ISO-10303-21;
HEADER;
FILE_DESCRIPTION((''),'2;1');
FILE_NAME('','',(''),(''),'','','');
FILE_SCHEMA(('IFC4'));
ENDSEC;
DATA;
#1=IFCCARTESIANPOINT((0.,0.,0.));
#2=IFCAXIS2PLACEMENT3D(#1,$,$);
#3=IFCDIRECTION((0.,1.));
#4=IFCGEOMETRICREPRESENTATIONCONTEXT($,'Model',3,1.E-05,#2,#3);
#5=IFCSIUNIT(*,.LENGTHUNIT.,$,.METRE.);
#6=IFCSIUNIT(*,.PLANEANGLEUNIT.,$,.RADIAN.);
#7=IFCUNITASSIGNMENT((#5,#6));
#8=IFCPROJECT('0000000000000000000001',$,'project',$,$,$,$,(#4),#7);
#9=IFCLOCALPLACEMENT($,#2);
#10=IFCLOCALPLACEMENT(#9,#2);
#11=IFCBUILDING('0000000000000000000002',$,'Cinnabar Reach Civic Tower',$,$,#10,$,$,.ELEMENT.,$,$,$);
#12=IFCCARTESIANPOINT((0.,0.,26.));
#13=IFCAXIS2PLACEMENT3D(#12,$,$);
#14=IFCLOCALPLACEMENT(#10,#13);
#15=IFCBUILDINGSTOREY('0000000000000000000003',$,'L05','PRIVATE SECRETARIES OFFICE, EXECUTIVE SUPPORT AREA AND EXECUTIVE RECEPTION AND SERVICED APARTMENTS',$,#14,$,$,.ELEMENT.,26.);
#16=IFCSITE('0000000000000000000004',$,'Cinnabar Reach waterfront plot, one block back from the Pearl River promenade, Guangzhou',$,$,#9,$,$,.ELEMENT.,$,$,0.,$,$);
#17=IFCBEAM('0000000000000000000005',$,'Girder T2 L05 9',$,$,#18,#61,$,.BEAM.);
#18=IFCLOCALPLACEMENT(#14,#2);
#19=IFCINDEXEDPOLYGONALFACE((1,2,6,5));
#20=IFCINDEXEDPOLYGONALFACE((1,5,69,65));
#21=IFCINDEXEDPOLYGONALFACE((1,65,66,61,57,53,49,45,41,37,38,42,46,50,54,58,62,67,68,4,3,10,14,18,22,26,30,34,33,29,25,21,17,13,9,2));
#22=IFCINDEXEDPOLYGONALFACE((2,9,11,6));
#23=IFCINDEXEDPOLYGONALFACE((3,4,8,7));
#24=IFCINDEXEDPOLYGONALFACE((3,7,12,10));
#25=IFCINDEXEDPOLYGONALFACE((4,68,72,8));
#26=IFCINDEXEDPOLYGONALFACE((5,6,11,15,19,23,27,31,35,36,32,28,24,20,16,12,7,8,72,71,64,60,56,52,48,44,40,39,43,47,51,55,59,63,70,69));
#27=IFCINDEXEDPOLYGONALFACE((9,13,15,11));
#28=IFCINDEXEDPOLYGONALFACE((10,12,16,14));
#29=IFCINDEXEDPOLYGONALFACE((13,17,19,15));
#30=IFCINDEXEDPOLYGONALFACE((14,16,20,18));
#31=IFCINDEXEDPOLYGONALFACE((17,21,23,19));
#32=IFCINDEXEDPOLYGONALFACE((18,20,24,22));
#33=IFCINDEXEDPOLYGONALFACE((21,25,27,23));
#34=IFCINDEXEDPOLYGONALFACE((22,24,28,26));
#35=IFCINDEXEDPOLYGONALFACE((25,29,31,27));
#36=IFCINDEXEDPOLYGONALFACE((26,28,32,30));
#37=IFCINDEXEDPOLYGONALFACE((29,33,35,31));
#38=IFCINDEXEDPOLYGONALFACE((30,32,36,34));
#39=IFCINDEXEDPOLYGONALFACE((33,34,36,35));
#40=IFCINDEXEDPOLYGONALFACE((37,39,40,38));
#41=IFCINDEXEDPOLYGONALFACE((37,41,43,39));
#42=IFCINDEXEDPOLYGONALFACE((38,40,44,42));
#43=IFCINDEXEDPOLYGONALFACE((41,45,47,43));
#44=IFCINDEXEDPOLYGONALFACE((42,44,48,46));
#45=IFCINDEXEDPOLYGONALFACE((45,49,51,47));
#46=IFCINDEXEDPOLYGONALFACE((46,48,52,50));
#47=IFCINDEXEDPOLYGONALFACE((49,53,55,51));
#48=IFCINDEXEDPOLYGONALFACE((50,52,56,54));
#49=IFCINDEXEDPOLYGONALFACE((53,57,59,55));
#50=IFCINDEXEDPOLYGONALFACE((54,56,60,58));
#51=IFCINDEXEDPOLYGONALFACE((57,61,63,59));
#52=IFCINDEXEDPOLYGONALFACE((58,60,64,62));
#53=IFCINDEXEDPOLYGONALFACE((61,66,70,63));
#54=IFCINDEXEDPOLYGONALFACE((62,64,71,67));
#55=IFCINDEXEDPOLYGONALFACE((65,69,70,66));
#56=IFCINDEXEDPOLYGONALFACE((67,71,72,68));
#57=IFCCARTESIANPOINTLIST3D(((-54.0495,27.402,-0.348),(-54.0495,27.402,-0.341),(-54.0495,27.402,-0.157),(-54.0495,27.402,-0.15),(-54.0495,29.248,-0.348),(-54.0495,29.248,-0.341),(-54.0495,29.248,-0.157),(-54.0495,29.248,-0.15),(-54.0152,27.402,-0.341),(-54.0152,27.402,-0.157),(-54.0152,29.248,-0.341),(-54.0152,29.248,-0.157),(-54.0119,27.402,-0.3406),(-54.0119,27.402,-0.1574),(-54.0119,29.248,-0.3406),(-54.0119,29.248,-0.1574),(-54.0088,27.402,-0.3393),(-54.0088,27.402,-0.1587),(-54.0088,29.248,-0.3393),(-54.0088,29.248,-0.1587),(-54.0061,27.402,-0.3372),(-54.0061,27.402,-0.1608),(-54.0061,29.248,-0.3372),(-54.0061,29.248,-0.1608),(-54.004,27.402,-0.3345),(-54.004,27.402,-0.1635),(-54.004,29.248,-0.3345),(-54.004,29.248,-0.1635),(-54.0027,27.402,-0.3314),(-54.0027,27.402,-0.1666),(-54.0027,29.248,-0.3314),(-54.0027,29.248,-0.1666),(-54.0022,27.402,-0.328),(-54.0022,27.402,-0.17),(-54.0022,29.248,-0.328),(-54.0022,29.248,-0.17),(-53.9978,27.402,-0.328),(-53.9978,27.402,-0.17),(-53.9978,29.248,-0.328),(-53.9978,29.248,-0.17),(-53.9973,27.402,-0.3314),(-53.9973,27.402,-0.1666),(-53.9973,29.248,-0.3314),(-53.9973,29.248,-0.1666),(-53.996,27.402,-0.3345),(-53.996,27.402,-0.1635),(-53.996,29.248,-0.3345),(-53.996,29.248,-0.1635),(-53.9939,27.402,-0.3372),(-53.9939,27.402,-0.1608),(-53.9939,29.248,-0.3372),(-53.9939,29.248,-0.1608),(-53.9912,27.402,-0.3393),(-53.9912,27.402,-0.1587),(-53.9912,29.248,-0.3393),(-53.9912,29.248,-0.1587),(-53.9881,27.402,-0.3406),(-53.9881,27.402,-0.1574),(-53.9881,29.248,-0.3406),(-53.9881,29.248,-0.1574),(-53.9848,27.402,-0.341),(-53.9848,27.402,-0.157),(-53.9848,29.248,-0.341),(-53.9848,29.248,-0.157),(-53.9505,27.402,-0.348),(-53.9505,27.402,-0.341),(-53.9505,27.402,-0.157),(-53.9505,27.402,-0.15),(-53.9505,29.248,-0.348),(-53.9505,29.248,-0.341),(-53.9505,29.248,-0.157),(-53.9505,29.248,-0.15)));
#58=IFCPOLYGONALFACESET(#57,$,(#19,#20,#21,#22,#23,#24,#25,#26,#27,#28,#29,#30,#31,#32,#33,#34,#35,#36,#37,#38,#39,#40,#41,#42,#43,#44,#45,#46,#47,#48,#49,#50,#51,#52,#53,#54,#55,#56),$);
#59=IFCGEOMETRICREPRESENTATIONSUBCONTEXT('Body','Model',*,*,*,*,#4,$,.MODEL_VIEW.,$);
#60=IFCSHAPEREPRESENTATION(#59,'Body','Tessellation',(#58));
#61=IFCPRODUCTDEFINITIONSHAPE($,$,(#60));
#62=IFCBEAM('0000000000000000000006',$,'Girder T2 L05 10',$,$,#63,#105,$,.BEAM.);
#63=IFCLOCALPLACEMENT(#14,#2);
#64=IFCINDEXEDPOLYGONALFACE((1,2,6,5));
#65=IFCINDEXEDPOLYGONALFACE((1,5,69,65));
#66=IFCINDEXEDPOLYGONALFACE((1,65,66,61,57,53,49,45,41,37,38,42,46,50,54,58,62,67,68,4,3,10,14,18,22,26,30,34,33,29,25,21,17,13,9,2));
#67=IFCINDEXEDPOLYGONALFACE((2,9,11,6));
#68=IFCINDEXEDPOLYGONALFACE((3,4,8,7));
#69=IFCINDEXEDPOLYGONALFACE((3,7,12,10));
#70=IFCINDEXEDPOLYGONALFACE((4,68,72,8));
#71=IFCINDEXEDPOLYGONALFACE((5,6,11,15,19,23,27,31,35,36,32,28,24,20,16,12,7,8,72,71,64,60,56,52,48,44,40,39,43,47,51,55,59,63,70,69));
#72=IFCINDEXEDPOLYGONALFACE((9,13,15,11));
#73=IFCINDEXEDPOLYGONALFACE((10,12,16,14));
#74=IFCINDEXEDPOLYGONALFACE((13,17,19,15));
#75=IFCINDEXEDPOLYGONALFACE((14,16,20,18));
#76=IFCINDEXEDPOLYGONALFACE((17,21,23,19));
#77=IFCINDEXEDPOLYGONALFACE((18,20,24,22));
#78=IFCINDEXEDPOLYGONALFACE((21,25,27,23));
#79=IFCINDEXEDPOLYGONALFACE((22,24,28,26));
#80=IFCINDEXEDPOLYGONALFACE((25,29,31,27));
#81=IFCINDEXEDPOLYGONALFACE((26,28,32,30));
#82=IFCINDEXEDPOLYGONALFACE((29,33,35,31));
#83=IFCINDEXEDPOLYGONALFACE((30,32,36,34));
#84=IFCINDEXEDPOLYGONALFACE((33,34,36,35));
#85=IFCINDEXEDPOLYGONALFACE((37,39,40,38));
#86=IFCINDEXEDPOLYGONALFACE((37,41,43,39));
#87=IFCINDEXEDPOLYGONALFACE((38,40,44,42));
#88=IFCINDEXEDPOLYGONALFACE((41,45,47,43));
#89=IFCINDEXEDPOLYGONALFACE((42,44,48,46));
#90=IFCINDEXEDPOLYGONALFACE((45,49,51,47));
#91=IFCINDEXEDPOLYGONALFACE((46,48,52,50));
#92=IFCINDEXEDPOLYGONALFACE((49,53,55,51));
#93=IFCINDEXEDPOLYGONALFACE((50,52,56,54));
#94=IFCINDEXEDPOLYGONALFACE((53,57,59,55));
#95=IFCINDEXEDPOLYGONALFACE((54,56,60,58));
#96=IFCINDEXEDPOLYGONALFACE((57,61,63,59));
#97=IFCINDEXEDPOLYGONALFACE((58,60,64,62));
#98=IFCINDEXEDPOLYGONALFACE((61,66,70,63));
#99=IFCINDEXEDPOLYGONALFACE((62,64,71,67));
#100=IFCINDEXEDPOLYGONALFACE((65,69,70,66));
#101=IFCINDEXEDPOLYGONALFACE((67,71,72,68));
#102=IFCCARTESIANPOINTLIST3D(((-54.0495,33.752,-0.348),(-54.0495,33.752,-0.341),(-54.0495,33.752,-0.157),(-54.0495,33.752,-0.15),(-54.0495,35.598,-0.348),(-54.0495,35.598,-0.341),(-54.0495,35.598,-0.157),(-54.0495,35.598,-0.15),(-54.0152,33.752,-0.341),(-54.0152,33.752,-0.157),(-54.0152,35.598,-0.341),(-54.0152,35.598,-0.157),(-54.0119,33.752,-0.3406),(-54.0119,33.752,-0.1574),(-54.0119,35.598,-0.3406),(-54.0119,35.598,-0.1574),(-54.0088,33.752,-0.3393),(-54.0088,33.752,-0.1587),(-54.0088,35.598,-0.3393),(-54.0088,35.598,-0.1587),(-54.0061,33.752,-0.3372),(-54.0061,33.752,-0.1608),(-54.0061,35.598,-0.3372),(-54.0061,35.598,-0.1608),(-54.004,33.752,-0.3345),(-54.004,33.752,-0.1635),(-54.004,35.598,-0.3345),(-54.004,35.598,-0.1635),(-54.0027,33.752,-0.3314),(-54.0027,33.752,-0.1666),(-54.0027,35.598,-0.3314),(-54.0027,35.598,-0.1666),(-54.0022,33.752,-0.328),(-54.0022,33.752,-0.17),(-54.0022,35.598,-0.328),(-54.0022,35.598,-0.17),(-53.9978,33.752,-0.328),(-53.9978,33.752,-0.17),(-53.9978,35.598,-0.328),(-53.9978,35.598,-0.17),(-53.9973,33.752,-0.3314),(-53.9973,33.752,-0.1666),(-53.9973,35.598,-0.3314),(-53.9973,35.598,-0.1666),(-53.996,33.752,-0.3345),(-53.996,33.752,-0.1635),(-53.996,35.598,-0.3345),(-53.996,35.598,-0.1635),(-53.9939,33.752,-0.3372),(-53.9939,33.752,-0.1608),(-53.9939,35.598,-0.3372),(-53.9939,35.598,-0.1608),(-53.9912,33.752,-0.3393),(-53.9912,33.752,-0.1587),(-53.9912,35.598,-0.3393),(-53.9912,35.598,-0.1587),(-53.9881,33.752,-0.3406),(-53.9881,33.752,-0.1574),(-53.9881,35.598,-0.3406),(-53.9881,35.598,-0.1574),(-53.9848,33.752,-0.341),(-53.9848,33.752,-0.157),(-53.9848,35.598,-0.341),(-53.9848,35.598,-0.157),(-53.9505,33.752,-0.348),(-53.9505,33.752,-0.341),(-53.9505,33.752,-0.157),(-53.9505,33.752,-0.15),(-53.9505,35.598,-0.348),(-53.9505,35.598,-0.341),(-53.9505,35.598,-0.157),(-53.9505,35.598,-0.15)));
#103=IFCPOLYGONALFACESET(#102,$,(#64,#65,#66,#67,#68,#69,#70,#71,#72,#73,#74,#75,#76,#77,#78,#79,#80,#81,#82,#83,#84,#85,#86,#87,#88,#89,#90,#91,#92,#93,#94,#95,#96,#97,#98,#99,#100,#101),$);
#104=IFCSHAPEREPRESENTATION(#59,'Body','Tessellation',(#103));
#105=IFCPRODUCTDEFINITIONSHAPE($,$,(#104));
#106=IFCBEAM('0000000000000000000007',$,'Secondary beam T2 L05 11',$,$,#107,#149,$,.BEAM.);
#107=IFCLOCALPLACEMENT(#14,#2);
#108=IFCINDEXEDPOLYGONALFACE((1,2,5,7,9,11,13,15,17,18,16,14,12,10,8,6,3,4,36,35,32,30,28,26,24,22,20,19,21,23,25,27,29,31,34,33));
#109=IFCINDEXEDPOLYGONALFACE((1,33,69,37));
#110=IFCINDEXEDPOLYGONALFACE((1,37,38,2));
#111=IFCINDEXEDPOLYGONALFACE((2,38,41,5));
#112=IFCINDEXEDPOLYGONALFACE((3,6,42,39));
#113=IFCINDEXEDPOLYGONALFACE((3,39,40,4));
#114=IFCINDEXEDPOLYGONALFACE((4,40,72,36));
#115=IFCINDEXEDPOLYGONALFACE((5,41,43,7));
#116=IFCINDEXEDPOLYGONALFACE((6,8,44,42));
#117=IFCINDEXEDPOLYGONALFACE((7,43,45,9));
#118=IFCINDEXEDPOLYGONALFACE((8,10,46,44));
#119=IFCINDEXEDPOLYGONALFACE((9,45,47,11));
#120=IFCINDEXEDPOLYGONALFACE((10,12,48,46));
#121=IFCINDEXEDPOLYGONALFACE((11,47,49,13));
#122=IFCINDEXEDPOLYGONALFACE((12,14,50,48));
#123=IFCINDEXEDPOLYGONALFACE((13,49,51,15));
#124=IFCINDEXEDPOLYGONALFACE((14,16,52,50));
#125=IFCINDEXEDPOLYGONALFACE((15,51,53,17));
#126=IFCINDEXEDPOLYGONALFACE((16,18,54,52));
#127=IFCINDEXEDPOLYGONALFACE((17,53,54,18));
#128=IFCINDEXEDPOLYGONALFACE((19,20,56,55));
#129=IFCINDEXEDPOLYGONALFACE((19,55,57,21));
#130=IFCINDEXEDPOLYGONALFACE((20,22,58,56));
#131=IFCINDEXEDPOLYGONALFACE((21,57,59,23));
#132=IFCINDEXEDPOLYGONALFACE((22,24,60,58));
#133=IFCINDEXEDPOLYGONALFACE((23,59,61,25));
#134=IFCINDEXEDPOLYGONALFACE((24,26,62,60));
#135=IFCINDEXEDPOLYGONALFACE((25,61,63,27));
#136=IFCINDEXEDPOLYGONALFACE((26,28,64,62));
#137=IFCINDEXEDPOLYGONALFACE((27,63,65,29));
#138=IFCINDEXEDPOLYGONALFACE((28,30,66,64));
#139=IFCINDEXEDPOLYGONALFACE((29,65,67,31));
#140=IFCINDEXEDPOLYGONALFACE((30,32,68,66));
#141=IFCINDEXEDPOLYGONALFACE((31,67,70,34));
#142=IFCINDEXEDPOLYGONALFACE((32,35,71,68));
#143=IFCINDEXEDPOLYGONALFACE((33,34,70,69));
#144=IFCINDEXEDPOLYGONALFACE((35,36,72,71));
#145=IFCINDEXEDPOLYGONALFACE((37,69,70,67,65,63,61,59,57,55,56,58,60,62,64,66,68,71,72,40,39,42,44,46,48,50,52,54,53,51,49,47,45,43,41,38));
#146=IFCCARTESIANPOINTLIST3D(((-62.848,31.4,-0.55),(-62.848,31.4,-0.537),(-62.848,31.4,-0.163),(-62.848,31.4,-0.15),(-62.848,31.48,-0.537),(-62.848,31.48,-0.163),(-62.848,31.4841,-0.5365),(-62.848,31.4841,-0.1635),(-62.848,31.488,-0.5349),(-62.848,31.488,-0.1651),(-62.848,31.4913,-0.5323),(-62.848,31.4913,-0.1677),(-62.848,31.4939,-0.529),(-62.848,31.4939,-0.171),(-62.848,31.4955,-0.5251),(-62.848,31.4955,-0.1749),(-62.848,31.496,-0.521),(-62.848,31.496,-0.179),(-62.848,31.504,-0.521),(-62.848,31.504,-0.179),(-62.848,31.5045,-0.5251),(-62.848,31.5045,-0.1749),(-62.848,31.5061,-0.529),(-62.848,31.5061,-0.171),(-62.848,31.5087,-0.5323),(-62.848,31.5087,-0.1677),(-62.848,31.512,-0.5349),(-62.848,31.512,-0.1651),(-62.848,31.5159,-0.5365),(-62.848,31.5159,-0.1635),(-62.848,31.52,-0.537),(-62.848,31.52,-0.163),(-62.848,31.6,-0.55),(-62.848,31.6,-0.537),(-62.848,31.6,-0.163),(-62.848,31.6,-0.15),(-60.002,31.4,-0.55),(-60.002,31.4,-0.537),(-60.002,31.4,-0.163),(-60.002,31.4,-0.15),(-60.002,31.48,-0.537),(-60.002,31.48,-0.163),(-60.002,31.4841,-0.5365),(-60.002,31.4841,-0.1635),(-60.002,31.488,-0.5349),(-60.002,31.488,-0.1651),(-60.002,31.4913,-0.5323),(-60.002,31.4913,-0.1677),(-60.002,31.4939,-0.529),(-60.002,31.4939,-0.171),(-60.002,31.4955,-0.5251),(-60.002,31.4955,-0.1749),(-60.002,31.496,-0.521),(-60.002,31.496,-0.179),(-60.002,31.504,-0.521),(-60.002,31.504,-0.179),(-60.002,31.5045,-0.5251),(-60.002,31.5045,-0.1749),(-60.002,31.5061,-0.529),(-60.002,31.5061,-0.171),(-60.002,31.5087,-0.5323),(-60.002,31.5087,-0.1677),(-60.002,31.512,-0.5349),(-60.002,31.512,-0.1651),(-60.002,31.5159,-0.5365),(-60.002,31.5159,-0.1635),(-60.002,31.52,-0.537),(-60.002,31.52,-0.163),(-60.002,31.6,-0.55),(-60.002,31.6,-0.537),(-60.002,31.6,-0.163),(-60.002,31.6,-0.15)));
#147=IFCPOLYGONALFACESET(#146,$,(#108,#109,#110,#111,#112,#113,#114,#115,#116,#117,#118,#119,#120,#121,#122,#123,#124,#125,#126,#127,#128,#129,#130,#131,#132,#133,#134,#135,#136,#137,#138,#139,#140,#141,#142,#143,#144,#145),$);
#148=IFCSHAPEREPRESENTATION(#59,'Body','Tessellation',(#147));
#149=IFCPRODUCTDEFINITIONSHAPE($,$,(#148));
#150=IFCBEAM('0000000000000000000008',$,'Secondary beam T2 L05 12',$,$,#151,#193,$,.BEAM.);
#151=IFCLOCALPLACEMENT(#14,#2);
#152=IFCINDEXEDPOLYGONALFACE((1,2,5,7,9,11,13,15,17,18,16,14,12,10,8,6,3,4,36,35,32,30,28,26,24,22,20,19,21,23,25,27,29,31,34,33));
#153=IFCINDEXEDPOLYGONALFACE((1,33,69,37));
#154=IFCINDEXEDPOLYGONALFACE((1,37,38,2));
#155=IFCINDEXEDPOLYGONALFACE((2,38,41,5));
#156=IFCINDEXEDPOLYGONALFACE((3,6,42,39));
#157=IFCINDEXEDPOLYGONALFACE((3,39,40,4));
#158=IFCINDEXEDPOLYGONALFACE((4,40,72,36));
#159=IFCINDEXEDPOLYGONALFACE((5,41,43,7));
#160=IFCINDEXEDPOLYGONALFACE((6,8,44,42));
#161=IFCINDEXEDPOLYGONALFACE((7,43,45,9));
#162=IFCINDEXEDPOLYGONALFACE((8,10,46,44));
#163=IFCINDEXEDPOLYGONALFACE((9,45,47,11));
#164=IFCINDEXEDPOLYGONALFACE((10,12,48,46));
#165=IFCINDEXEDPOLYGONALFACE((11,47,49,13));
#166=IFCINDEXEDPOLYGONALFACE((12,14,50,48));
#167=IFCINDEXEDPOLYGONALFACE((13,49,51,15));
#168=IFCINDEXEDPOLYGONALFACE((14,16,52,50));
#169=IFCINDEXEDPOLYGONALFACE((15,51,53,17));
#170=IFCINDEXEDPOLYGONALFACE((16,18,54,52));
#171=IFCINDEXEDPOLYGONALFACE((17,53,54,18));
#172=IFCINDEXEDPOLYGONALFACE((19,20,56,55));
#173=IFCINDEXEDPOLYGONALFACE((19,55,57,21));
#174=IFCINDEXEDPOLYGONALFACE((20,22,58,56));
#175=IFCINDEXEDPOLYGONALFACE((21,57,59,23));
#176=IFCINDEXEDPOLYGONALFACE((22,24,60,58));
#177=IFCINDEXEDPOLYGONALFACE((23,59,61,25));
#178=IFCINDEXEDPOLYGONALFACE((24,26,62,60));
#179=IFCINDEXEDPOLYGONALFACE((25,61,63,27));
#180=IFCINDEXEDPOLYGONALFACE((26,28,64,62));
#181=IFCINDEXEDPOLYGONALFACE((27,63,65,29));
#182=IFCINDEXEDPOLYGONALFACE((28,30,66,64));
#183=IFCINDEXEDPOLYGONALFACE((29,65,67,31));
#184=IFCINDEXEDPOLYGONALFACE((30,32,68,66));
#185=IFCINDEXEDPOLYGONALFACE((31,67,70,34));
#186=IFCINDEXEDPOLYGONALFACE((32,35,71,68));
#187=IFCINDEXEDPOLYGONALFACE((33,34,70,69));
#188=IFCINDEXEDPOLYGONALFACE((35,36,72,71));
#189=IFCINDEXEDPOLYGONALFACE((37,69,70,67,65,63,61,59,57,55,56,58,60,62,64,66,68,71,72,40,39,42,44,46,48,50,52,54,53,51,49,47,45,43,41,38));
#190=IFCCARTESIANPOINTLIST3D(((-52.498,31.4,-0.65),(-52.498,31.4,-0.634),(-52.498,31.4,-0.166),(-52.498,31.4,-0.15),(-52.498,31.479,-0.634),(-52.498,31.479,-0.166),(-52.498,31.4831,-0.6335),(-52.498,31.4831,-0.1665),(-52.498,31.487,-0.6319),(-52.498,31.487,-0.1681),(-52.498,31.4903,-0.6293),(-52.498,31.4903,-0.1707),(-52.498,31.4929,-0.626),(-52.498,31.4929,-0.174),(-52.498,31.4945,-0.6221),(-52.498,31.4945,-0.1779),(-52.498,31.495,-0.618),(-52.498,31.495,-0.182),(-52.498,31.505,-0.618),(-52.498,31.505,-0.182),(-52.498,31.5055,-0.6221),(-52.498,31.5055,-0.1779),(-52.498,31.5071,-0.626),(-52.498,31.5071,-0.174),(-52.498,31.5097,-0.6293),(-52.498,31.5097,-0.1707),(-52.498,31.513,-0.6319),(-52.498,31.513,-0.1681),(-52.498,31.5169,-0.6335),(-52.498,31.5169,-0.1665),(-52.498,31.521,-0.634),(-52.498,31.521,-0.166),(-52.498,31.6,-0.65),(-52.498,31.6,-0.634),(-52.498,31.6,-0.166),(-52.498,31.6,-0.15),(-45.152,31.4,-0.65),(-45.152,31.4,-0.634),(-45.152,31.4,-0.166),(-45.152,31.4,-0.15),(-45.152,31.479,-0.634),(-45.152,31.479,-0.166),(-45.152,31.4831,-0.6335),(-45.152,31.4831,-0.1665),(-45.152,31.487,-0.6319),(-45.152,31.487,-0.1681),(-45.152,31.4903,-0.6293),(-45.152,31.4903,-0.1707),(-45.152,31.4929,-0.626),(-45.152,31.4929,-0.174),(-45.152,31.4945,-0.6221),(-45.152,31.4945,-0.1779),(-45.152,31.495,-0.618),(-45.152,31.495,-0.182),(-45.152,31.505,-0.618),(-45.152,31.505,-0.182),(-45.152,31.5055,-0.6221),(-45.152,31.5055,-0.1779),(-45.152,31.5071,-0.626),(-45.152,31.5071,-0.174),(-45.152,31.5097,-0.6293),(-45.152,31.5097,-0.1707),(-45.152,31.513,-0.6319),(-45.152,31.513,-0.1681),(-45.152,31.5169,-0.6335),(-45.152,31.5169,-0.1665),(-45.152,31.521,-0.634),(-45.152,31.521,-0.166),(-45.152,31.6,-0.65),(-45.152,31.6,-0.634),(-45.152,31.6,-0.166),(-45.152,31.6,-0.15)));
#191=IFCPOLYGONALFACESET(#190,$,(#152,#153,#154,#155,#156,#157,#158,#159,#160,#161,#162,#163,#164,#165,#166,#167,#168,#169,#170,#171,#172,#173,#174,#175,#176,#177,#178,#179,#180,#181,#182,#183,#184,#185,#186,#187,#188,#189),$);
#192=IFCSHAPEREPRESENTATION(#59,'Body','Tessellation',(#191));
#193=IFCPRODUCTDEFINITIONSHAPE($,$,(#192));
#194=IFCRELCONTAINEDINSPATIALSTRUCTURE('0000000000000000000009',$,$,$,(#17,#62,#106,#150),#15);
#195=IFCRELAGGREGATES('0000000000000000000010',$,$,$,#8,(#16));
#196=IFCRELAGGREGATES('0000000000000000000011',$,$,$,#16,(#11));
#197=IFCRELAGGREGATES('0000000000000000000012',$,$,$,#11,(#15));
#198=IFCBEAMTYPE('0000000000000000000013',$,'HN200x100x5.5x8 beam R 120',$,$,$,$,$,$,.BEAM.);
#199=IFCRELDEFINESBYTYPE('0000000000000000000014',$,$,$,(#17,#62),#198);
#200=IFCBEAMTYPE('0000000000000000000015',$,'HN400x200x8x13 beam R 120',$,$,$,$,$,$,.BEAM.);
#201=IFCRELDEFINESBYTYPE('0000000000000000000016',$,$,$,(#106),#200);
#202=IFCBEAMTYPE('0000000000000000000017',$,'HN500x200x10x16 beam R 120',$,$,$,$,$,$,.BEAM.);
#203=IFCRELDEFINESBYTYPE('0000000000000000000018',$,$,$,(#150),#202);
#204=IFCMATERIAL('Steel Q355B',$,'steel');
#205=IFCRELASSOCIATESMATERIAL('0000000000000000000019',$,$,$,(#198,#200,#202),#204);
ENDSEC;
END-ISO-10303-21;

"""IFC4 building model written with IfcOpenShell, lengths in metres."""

from ifc_helpers import new_model, si_unit, direction, frame, origin, origin_2d, place, context, subcontext, project, spatial, i_section, extrude, material, material_profile, profile_set, type_object, element, save


model = new_model("IFC4")

# Units and contexts
model_context = context("Model", 3, precision=1e-05, world=origin(), true_north=direction((0.0, 1.0)))
body_context = subcontext(model_context, "Body", "Model", "MODEL_VIEW")
ifc_project = project(units=[si_unit("LENGTHUNIT", "METRE"), si_unit("PLANEANGLEUNIT", "RADIAN")], contexts=[model_context])

# Site, building, storey
site_placement = place(None, origin())
site = spatial("IfcSite", under=ifc_project, at=site_placement, Name="Cinnabar Reach waterfront plot, one block back from the Pearl River promenade, Guangzhou", CompositionType="ELEMENT", RefElevation=0.0)
building_placement = place(site_placement, origin())
building = spatial("IfcBuilding", under=site, at=building_placement, Name="Cinnabar Reach Civic Tower", CompositionType="ELEMENT")
storey_placement = place(building_placement, frame((0.0, 0.0, 26.0)))
storey = spatial("IfcBuildingStorey", under=building, at=storey_placement, Name="L05", Description="PRIVATE SECRETARIES OFFICE, EXECUTIVE SUPPORT AREA AND EXECUTIVE RECEPTION AND SERVICED APARTMENTS", CompositionType="ELEMENT", Elevation=26.0)

# Beams
ifc_material_1 = material(Name="Steel Q355B", Category="steel")
ifc_material_profile_1 = material_profile(ifc_material_1, i_section(OverallWidth=0.099, OverallDepth=0.198, WebThickness=0.0045, FlangeThickness=0.007, FilletRadius=0.013, at=origin_2d()), Name="HN200x100x5.5x8")
ifc_profile_set_1 = profile_set([ifc_material_profile_1], Name="Steel Q355B")
beam_type_1 = type_object("IfcBeamType", Name="HN200x100x5.5x8 beam R 120", PredefinedType="BEAM", material=ifc_profile_set_1)
for number, where, z_axis, x_axis, name in (
    (1, (-54.0, 27.402, -0.249), (0.0, 1.0, 0.0), (-1.0, 0.0, 0.0), "Girder T2 L05 9"),
    (2, (-54.0, 33.752, -0.249), (0.0, 1.0, 0.0), (-1.0, 0.0, 0.0), "Girder T2 L05 10"),
):
    element("IfcBeam", number, at=place(storey_placement, frame(where, z_axis=z_axis, x_axis=x_axis)), inside=storey, type_object=beam_type_1, Name=name, PredefinedType="BEAM", context=body_context, shape_type="SweptSolid", body=[
        extrude(i_section(OverallWidth=0.099, OverallDepth=0.198, WebThickness=0.0045, FlangeThickness=0.007, FilletRadius=0.013, at=origin_2d()), origin(), (0.0, 0.0, 1.0), 1.846),
    ])
ifc_material_profile_2 = material_profile(ifc_material_1, i_section(OverallWidth=0.2, OverallDepth=0.4, WebThickness=0.008, FlangeThickness=0.013, FilletRadius=0.016, at=origin_2d()), Name="HN400x200x8x13")
ifc_profile_set_2 = profile_set([ifc_material_profile_2], Name="Steel Q355B")
beam_type_2 = type_object("IfcBeamType", Name="HN400x200x8x13 beam R 120", PredefinedType="BEAM", material=ifc_profile_set_2)
beam_1_placement = place(storey_placement, frame((-62.848, 31.5, -0.35), z_axis=(1.0, 0.0, 0.0), x_axis=(0.0, 1.0, 0.0)))
element("IfcBeam", 3, at=beam_1_placement, inside=storey, type_object=beam_type_2, Name="Secondary beam T2 L05 11", PredefinedType="BEAM", context=body_context, shape_type="SweptSolid", body=[
    extrude(i_section(OverallWidth=0.2, OverallDepth=0.4, WebThickness=0.008, FlangeThickness=0.013, FilletRadius=0.016, at=origin_2d()), origin(), (0.0, 0.0, 1.0), 2.846),
])
ifc_material_profile_3 = material_profile(ifc_material_1, i_section(OverallWidth=0.2, OverallDepth=0.5, WebThickness=0.01, FlangeThickness=0.016, FilletRadius=0.016, at=origin_2d()), Name="HN500x200x10x16")
ifc_profile_set_3 = profile_set([ifc_material_profile_3], Name="Steel Q355B")
beam_type_3 = type_object("IfcBeamType", Name="HN500x200x10x16 beam R 120", PredefinedType="BEAM", material=ifc_profile_set_3)
beam_2_placement = place(storey_placement, frame((-52.498, 31.5, -0.4), z_axis=(1.0, 0.0, 0.0), x_axis=(0.0, 1.0, 0.0)))
element("IfcBeam", 4, at=beam_2_placement, inside=storey, type_object=beam_type_3, Name="Secondary beam T2 L05 12", PredefinedType="BEAM", context=body_context, shape_type="SweptSolid", body=[
    extrude(i_section(OverallWidth=0.2, OverallDepth=0.5, WebThickness=0.01, FlangeThickness=0.016, FilletRadius=0.016, at=origin_2d()), origin(), (0.0, 0.0, 1.0), 7.346),
])

save(model, "model.ifc")
